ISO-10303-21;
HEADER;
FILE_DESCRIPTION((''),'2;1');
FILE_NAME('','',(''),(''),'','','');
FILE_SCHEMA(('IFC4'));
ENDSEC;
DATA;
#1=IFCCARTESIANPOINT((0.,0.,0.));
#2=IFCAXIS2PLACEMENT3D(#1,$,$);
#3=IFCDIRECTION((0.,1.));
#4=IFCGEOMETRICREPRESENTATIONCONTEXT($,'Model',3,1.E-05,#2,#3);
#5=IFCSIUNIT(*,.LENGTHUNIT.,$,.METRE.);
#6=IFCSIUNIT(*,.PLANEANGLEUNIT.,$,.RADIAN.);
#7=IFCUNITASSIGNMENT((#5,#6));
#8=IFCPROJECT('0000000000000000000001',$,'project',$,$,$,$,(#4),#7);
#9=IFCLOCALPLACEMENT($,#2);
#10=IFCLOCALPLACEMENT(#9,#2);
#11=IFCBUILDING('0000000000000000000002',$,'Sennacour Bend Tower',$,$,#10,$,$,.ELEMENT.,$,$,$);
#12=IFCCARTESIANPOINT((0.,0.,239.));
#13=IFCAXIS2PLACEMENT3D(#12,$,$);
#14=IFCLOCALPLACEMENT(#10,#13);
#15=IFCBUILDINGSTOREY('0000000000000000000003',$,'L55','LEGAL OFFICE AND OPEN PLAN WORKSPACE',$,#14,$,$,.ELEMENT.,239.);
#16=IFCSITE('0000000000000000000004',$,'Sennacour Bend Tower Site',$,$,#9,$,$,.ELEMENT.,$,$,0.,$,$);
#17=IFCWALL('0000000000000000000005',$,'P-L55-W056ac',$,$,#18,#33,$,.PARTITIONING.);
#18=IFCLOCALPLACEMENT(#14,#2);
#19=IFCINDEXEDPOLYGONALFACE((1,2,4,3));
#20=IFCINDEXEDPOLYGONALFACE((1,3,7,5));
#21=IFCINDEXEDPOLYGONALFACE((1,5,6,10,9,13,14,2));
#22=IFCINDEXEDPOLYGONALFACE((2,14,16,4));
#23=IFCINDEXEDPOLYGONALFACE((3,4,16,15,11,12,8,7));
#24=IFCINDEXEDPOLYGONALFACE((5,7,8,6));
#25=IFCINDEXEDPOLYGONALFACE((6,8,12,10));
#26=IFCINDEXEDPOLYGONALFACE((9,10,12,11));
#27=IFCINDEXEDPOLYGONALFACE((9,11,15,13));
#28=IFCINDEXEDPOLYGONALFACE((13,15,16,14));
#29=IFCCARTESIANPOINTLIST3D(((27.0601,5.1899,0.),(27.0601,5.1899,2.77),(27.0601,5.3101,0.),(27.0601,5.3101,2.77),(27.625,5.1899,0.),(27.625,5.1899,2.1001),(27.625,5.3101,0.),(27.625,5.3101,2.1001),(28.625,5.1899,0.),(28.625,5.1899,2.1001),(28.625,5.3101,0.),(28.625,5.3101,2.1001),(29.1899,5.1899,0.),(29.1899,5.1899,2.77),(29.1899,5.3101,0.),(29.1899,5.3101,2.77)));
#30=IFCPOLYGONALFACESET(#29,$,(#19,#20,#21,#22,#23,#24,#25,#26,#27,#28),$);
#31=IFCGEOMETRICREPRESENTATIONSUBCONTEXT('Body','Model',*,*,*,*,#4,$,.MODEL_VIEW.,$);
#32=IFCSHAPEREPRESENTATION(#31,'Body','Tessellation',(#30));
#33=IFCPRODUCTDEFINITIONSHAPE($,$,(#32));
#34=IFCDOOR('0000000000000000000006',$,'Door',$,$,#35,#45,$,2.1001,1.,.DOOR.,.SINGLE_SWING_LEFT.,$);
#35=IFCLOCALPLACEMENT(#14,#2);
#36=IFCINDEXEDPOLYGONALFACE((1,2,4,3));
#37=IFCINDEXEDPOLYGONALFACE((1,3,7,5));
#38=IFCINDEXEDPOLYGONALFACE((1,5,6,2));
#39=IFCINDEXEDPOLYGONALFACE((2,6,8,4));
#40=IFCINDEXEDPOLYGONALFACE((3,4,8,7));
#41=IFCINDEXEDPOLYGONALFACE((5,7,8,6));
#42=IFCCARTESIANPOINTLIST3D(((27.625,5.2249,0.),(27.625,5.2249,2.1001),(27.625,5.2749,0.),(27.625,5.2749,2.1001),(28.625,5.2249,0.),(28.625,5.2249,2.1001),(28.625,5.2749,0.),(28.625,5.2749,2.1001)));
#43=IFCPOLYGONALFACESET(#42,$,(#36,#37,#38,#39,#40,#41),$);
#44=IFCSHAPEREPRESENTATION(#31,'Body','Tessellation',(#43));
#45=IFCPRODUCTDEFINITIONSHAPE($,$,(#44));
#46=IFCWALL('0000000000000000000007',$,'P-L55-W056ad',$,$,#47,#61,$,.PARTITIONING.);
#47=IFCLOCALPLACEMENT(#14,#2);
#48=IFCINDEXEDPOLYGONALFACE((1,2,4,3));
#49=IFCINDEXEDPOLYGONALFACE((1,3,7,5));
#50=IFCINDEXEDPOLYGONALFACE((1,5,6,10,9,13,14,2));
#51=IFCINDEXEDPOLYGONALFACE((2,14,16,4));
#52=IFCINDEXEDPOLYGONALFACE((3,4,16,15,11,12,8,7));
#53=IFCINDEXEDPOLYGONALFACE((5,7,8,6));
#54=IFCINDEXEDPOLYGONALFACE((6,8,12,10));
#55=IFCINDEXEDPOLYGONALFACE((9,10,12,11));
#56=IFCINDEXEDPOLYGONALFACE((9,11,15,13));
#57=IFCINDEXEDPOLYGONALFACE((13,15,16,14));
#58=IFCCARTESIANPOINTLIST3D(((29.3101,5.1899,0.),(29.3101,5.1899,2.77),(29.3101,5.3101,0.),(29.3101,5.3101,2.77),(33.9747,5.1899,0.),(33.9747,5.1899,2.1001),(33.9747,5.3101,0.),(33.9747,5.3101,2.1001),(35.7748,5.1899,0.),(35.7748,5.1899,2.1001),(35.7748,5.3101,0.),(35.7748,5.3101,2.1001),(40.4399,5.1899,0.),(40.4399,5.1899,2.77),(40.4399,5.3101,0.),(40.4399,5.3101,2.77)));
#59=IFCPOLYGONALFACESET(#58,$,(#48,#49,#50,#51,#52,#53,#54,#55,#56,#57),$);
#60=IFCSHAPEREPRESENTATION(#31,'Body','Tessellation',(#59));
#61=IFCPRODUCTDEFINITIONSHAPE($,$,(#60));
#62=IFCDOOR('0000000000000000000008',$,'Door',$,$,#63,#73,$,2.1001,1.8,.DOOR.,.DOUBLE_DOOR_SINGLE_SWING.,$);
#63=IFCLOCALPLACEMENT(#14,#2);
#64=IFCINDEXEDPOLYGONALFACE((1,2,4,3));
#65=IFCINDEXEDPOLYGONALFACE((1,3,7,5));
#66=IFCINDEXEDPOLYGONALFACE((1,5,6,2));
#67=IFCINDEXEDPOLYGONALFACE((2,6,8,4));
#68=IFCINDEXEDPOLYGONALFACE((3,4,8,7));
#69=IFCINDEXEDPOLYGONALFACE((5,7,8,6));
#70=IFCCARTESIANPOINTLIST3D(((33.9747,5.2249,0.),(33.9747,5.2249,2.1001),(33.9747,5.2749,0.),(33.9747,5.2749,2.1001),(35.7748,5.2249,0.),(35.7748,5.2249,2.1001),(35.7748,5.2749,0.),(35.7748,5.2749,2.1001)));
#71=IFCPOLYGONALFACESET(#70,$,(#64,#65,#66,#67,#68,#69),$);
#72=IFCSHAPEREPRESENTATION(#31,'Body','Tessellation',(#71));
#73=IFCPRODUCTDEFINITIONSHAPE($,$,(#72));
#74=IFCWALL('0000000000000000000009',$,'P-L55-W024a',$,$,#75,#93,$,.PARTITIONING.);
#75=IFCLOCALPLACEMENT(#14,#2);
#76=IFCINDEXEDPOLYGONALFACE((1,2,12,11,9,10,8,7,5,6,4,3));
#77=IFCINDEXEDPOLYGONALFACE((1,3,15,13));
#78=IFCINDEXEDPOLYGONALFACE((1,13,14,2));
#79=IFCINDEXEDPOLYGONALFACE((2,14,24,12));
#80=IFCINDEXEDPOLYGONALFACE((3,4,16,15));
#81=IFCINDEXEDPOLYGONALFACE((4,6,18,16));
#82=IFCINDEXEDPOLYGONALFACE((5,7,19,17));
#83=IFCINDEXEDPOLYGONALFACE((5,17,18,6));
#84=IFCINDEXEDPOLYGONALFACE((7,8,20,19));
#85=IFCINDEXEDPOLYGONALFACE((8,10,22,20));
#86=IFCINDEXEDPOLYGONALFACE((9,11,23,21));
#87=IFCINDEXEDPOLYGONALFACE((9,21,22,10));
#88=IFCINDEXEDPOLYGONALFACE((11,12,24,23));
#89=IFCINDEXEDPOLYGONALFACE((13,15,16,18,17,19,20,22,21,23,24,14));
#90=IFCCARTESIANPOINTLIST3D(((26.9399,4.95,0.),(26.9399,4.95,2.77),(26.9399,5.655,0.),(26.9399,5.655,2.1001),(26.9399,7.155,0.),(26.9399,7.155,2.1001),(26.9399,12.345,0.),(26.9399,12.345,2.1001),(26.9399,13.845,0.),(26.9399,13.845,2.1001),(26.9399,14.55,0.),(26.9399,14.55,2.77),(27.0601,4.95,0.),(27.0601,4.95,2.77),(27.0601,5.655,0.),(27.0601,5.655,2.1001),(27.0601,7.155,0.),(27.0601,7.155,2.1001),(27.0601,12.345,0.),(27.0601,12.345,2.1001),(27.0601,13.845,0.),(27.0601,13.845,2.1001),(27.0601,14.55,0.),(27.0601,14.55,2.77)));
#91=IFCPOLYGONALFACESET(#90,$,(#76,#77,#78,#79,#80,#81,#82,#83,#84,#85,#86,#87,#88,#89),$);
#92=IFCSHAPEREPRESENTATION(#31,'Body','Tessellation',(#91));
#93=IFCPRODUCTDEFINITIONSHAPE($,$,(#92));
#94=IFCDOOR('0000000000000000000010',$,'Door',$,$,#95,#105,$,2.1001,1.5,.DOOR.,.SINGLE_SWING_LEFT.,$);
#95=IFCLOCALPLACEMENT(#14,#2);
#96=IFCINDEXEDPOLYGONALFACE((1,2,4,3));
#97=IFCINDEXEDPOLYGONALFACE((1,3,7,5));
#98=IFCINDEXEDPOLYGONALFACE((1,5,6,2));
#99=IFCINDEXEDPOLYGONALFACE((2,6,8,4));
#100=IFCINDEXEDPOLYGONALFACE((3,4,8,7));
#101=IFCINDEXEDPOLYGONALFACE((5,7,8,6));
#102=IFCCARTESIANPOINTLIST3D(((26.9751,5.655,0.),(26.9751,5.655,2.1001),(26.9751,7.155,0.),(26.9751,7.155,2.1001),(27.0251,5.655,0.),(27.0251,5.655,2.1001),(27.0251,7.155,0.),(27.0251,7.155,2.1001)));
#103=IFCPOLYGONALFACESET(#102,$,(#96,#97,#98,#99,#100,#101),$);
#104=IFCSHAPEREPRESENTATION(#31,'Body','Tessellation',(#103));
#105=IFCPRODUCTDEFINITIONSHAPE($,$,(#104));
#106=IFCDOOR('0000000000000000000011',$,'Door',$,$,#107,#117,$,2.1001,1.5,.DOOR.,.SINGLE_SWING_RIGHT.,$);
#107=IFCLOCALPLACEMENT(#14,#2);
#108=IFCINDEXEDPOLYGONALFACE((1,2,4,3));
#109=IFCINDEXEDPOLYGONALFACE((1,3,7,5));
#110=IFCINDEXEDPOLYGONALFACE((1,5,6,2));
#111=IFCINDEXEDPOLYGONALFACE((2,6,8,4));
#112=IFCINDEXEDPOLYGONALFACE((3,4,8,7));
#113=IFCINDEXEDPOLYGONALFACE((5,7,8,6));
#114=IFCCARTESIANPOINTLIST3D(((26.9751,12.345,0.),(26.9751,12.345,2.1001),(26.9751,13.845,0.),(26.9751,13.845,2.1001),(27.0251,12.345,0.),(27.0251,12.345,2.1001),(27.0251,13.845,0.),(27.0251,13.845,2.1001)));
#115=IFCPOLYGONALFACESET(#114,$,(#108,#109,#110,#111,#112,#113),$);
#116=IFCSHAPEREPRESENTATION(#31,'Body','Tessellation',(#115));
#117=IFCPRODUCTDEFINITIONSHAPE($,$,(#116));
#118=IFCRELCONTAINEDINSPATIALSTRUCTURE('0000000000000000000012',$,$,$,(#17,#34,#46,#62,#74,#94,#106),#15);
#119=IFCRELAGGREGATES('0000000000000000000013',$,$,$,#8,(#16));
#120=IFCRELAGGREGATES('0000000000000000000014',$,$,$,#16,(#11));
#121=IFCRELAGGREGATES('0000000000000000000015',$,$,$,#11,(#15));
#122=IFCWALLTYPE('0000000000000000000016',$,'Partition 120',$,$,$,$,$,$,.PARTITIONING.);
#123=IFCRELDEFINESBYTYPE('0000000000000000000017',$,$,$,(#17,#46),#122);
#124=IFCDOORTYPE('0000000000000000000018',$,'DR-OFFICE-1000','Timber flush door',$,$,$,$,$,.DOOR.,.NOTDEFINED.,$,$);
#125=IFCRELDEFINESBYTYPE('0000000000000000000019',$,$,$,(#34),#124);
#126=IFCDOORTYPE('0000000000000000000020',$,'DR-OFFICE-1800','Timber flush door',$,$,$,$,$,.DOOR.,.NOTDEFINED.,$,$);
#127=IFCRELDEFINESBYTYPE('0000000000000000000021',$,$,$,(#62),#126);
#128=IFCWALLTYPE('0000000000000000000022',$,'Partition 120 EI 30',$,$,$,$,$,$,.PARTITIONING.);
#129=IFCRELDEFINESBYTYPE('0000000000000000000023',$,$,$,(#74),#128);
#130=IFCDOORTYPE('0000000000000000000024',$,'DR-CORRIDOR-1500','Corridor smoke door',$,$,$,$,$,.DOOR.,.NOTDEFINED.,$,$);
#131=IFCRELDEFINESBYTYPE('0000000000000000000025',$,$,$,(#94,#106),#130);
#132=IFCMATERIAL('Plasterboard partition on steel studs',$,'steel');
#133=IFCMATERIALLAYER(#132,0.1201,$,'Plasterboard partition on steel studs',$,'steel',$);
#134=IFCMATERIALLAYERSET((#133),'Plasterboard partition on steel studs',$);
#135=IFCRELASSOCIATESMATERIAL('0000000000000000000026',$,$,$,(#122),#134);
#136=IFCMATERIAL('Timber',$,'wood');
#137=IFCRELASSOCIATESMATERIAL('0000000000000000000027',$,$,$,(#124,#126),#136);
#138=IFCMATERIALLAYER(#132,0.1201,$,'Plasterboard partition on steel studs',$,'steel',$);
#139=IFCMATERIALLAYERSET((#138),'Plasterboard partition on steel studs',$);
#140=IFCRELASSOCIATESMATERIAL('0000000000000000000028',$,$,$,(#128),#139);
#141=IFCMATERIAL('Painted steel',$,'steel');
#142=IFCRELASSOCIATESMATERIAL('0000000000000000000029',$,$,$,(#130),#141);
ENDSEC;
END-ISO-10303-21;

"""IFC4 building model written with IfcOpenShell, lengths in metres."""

from ifc_helpers import new_model, si_unit, direction, frame, frame_2d, origin, place, context, subcontext, project, spatial, rectangle, extrude, material, layer, layer_set, type_object, element, fill, save


model = new_model("IFC4")

# Units and contexts
model_context = context("Model", 3, precision=1e-05, world=origin(), true_north=direction((0.0, 1.0)))
body_context = subcontext(model_context, "Body", "Model", "MODEL_VIEW")
ifc_project = project(units=[si_unit("LENGTHUNIT", "METRE"), si_unit("PLANEANGLEUNIT", "RADIAN")], contexts=[model_context])

# Site, building, storey
site_placement = place(None, origin())
site = spatial("IfcSite", under=ifc_project, at=site_placement, Name="Sennacour Bend Tower Site", CompositionType="ELEMENT", RefElevation=0.0)
building_placement = place(site_placement, origin())
building = spatial("IfcBuilding", under=site, at=building_placement, Name="Sennacour Bend Tower", CompositionType="ELEMENT")
storey_placement = place(building_placement, frame((0.0, 0.0, 239.0)))
storey = spatial("IfcBuildingStorey", under=building, at=storey_placement, Name="L55", Description="LEGAL OFFICE AND OPEN PLAN WORKSPACE", CompositionType="ELEMENT", Elevation=239.0)

# Shared definitions
ifc_material_1 = material(Name="Plasterboard partition on steel studs", Category="steel")
ifc_layer_1 = layer(ifc_material_1, 0.1201, Name="Plasterboard partition on steel studs", Category="steel")
ifc_layer_set_1 = layer_set([ifc_layer_1], Name="Plasterboard partition on steel studs")
wall_type_1 = type_object("IfcWallType", Name="Partition 120", PredefinedType="PARTITIONING", material=ifc_layer_set_1)

# Walls, openings, doors
wall_1_placement = place(storey_placement, frame((27.0601, 5.25, 0.0), z_axis=(0.0, 0.0, 1.0), x_axis=(1.0, 0.0, 0.0)))
wall_1 = element("IfcWall", 1, at=wall_1_placement, inside=storey, type_object=wall_type_1, Name="P-L55-W056ac", PredefinedType="PARTITIONING", context=body_context, shape_type="SweptSolid", body=[
    extrude(rectangle(XDim=2.1299, YDim=0.1201, at=frame_2d((1.0649, 0.0))), origin(), (0.0, 0.0, 1.0), 2.77),
])
opening_1_placement = place(wall_1_placement, frame((0.5649, 0.0, 0.0)))
opening_1 = element("IfcOpeningElement", 2, at=opening_1_placement, cuts=wall_1, PredefinedType="OPENING", context=body_context, shape_type="SweptSolid", body=[
    extrude(rectangle(XDim=1.0, YDim=2.1001, at=frame_2d((0.5, 1.05))), frame((0.0, 0.0701, 0.0), z_axis=(0.0, -1.0, 0.0), x_axis=(1.0, 0.0, 0.0)), (0.0, 0.0, 1.0), 0.1401),
])
ifc_material_2 = material(Name="Timber", Category="wood")
door_type_1 = type_object("IfcDoorType", Name="DR-OFFICE-1000", Description="Timber flush door", OperationType="NOTDEFINED", PredefinedType="DOOR", material=ifc_material_2)
door_1_placement = place(opening_1_placement, origin())
door_1 = element("IfcDoor", 3, at=door_1_placement, inside=storey, type_object=door_type_1, Name="Door", OperationType="SINGLE_SWING_LEFT", OverallHeight=2.1001, OverallWidth=1.0, PredefinedType="DOOR", context=body_context, shape_type="SweptSolid", body=[
    extrude(rectangle(XDim=1.0, YDim=2.1001, at=frame_2d((0.5, 1.05))), frame((0.0, 0.0249, 0.0), z_axis=(0.0, -1.0, 0.0), x_axis=(1.0, 0.0, 0.0)), (0.0, 0.0, 1.0), 0.05),
])
fill(opening_1, door_1)
wall_2_placement = place(storey_placement, frame((29.3101, 5.25, 0.0), z_axis=(0.0, 0.0, 1.0), x_axis=(1.0, 0.0, 0.0)))
wall_2 = element("IfcWall", 4, at=wall_2_placement, inside=storey, type_object=wall_type_1, Name="P-L55-W056ad", PredefinedType="PARTITIONING", context=body_context, shape_type="SweptSolid", body=[
    extrude(rectangle(XDim=11.1299, YDim=0.1201, at=frame_2d((5.5649, 0.0))), origin(), (0.0, 0.0, 1.0), 2.77),
])
opening_2_placement = place(wall_2_placement, frame((4.6648, 0.0, 0.0)))
opening_2 = element("IfcOpeningElement", 5, at=opening_2_placement, cuts=wall_2, PredefinedType="OPENING", context=body_context, shape_type="SweptSolid", body=[
    extrude(rectangle(XDim=1.8, YDim=2.1001, at=frame_2d((0.8999, 1.05))), frame((0.0, 0.0701, 0.0), z_axis=(0.0, -1.0, 0.0), x_axis=(1.0, 0.0, 0.0)), (0.0, 0.0, 1.0), 0.1401),
])
door_type_2 = type_object("IfcDoorType", Name="DR-OFFICE-1800", Description="Timber flush door", OperationType="NOTDEFINED", PredefinedType="DOOR", material=ifc_material_2)
door_2_placement = place(opening_2_placement, origin())
door_2 = element("IfcDoor", 6, at=door_2_placement, inside=storey, type_object=door_type_2, Name="Door", OperationType="DOUBLE_DOOR_SINGLE_SWING", OverallHeight=2.1001, OverallWidth=1.8, PredefinedType="DOOR", context=body_context, shape_type="SweptSolid", body=[
    extrude(rectangle(XDim=1.8, YDim=2.1001, at=frame_2d((0.8999, 1.05))), frame((0.0, 0.0249, 0.0), z_axis=(0.0, -1.0, 0.0), x_axis=(1.0, 0.0, 0.0)), (0.0, 0.0, 1.0), 0.05),
])
fill(opening_2, door_2)

# Wall, openings, doors
ifc_layer_2 = layer(ifc_material_1, 0.1201, Name="Plasterboard partition on steel studs", Category="steel")
ifc_layer_set_2 = layer_set([ifc_layer_2], Name="Plasterboard partition on steel studs")
wall_type_2 = type_object("IfcWallType", Name="Partition 120 EI 30", PredefinedType="PARTITIONING", material=ifc_layer_set_2)
wall_3_placement = place(storey_placement, frame((27.0, 4.95, 0.0), z_axis=(0.0, 0.0, 1.0), x_axis=(0.0, 1.0, 0.0)))
wall_3 = element("IfcWall", 7, at=wall_3_placement, inside=storey, type_object=wall_type_2, Name="P-L55-W024a", PredefinedType="PARTITIONING", context=body_context, shape_type="SweptSolid", body=[
    extrude(rectangle(XDim=9.6001, YDim=0.1201, at=frame_2d((4.8, 0.0))), origin(), (0.0, 0.0, 1.0), 2.77),
])
opening_3_placement = place(wall_3_placement, frame((0.7051, 0.0, 0.0)))
opening_3 = element("IfcOpeningElement", 8, at=opening_3_placement, cuts=wall_3, PredefinedType="OPENING", context=body_context, shape_type="SweptSolid", body=[
    extrude(rectangle(XDim=1.5, YDim=2.1001, at=frame_2d((0.75, 1.05))), frame((0.0, 0.0701, 0.0), z_axis=(0.0, -1.0, 0.0), x_axis=(1.0, 0.0, 0.0)), (0.0, 0.0, 1.0), 0.1401),
])
opening_4_placement = place(wall_3_placement, frame((7.395, 0.0, 0.0)))
opening_4 = element("IfcOpeningElement", 9, at=opening_4_placement, cuts=wall_3, PredefinedType="OPENING", context=body_context, shape_type="SweptSolid", body=[
    extrude(rectangle(XDim=1.5, YDim=2.1001, at=frame_2d((0.75, 1.05))), frame((0.0, 0.0701, 0.0), z_axis=(0.0, -1.0, 0.0), x_axis=(1.0, 0.0, 0.0)), (0.0, 0.0, 1.0), 0.1401),
])
ifc_material_3 = material(Name="Painted steel", Category="steel")
door_type_3 = type_object("IfcDoorType", Name="DR-CORRIDOR-1500", Description="Corridor smoke door", OperationType="NOTDEFINED", PredefinedType="DOOR", material=ifc_material_3)
door_3_placement = place(opening_3_placement, origin())
door_3 = element("IfcDoor", 10, at=door_3_placement, inside=storey, type_object=door_type_3, Name="Door", OperationType="SINGLE_SWING_LEFT", OverallHeight=2.1001, OverallWidth=1.5, PredefinedType="DOOR", context=body_context, shape_type="SweptSolid", body=[
    extrude(rectangle(XDim=1.5, YDim=2.1001, at=frame_2d((0.75, 1.05))), frame((0.0, 0.0249, 0.0), z_axis=(0.0, -1.0, 0.0), x_axis=(1.0, 0.0, 0.0)), (0.0, 0.0, 1.0), 0.05),
])
fill(opening_3, door_3)
door_4_placement = place(opening_4_placement, origin())
door_4 = element("IfcDoor", 11, at=door_4_placement, inside=storey, type_object=door_type_3, Name="Door", OperationType="SINGLE_SWING_RIGHT", OverallHeight=2.1001, OverallWidth=1.5, PredefinedType="DOOR", context=body_context, shape_type="SweptSolid", body=[
    extrude(rectangle(XDim=1.5, YDim=2.1001, at=frame_2d((0.75, 1.05))), frame((0.0, 0.0249, 0.0), z_axis=(0.0, -1.0, 0.0), x_axis=(1.0, 0.0, 0.0)), (0.0, 0.0, 1.0), 0.05),
])
fill(opening_4, door_4)

save(model, "model.ifc")
